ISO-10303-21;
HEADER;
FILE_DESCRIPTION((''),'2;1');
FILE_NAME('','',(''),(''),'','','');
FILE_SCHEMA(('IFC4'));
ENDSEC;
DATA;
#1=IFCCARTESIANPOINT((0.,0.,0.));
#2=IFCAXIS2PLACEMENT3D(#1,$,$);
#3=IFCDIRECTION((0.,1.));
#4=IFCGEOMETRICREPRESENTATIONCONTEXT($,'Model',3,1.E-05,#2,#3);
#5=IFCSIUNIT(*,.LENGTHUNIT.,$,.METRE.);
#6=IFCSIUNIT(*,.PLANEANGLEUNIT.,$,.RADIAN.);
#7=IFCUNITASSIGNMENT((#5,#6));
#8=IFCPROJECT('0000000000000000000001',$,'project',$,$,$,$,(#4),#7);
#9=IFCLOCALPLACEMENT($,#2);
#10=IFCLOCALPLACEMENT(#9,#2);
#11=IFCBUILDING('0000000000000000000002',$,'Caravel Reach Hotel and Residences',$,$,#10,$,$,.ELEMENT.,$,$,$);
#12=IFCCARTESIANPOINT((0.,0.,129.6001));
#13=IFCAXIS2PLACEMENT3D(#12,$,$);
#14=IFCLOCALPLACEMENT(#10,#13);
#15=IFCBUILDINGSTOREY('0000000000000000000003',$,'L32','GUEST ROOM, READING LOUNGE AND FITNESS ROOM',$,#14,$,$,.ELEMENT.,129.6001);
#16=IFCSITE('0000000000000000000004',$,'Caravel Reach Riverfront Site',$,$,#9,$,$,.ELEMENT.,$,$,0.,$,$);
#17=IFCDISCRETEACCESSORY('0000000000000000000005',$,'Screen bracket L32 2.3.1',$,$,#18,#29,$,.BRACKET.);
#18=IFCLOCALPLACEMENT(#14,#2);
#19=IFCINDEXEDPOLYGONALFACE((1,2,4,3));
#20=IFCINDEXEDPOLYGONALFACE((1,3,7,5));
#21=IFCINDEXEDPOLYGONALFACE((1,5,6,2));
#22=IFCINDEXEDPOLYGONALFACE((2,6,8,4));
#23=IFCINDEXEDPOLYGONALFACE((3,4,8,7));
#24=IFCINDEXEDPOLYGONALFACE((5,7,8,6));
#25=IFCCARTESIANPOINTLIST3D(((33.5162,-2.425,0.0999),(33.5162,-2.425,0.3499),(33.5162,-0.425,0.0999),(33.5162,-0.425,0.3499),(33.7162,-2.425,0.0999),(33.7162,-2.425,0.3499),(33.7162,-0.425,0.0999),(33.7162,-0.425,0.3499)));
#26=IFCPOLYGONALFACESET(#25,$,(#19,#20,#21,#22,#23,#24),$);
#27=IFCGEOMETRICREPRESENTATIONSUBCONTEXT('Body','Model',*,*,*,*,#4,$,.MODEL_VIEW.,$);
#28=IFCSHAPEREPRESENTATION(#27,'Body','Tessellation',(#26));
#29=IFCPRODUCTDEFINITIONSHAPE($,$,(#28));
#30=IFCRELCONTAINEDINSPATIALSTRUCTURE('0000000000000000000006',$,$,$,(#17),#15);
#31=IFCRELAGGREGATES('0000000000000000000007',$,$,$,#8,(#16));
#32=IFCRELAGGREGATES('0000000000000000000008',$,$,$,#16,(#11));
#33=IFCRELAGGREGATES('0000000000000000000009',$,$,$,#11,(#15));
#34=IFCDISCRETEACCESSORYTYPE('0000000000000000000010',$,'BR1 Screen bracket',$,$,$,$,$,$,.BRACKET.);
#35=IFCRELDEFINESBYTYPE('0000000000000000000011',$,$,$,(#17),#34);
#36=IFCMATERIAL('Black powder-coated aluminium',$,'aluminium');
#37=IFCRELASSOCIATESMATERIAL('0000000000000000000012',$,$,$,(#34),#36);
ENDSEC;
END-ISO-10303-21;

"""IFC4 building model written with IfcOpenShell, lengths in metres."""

from ifc_helpers import new_model, si_unit, direction, frame, origin, origin_2d, place, context, subcontext, project, spatial, rectangle, extrude, material, type_object, element, save


model = new_model("IFC4")

# Units and contexts
model_context = context("Model", 3, precision=1e-05, world=origin(), true_north=direction((0.0, 1.0)))
body_context = subcontext(model_context, "Body", "Model", "MODEL_VIEW")
ifc_project = project(units=[si_unit("LENGTHUNIT", "METRE"), si_unit("PLANEANGLEUNIT", "RADIAN")], contexts=[model_context])

# Site, building, storey
site_placement = place(None, origin())
site = spatial("IfcSite", under=ifc_project, at=site_placement, Name="Caravel Reach Riverfront Site", CompositionType="ELEMENT", RefElevation=0.0)
building_placement = place(site_placement, origin())
building = spatial("IfcBuilding", under=site, at=building_placement, Name="Caravel Reach Hotel and Residences", CompositionType="ELEMENT")
storey_placement = place(building_placement, frame((0.0, 0.0, 129.6001)))
storey = spatial("IfcBuildingStorey", under=building, at=storey_placement, Name="L32", Description="GUEST ROOM, READING LOUNGE AND FITNESS ROOM", CompositionType="ELEMENT", Elevation=129.6001)

# Discrete accessory
ifc_material_1 = material(Name="Black powder-coated aluminium", Category="aluminium")
discrete_accessory_type = type_object("IfcDiscreteAccessoryType", Name="BR1 Screen bracket", PredefinedType="BRACKET", material=ifc_material_1)
discrete_accessory_placement = place(storey_placement, frame((33.6162, -1.425, 0.0999), z_axis=(0.0, 0.0, 1.0), x_axis=(0.0, -1.0, 0.0)))
element("IfcDiscreteAccessory", 1, at=discrete_accessory_placement, inside=storey, type_object=discrete_accessory_type, Name="Screen bracket L32 2.3.1", PredefinedType="BRACKET", context=body_context, shape_type="SweptSolid", body=[
    extrude(rectangle(XDim=2.0, YDim=0.2, at=origin_2d()), origin(), (0.0, 0.0, 1.0), 0.25),
])

save(model, "model.ifc")
